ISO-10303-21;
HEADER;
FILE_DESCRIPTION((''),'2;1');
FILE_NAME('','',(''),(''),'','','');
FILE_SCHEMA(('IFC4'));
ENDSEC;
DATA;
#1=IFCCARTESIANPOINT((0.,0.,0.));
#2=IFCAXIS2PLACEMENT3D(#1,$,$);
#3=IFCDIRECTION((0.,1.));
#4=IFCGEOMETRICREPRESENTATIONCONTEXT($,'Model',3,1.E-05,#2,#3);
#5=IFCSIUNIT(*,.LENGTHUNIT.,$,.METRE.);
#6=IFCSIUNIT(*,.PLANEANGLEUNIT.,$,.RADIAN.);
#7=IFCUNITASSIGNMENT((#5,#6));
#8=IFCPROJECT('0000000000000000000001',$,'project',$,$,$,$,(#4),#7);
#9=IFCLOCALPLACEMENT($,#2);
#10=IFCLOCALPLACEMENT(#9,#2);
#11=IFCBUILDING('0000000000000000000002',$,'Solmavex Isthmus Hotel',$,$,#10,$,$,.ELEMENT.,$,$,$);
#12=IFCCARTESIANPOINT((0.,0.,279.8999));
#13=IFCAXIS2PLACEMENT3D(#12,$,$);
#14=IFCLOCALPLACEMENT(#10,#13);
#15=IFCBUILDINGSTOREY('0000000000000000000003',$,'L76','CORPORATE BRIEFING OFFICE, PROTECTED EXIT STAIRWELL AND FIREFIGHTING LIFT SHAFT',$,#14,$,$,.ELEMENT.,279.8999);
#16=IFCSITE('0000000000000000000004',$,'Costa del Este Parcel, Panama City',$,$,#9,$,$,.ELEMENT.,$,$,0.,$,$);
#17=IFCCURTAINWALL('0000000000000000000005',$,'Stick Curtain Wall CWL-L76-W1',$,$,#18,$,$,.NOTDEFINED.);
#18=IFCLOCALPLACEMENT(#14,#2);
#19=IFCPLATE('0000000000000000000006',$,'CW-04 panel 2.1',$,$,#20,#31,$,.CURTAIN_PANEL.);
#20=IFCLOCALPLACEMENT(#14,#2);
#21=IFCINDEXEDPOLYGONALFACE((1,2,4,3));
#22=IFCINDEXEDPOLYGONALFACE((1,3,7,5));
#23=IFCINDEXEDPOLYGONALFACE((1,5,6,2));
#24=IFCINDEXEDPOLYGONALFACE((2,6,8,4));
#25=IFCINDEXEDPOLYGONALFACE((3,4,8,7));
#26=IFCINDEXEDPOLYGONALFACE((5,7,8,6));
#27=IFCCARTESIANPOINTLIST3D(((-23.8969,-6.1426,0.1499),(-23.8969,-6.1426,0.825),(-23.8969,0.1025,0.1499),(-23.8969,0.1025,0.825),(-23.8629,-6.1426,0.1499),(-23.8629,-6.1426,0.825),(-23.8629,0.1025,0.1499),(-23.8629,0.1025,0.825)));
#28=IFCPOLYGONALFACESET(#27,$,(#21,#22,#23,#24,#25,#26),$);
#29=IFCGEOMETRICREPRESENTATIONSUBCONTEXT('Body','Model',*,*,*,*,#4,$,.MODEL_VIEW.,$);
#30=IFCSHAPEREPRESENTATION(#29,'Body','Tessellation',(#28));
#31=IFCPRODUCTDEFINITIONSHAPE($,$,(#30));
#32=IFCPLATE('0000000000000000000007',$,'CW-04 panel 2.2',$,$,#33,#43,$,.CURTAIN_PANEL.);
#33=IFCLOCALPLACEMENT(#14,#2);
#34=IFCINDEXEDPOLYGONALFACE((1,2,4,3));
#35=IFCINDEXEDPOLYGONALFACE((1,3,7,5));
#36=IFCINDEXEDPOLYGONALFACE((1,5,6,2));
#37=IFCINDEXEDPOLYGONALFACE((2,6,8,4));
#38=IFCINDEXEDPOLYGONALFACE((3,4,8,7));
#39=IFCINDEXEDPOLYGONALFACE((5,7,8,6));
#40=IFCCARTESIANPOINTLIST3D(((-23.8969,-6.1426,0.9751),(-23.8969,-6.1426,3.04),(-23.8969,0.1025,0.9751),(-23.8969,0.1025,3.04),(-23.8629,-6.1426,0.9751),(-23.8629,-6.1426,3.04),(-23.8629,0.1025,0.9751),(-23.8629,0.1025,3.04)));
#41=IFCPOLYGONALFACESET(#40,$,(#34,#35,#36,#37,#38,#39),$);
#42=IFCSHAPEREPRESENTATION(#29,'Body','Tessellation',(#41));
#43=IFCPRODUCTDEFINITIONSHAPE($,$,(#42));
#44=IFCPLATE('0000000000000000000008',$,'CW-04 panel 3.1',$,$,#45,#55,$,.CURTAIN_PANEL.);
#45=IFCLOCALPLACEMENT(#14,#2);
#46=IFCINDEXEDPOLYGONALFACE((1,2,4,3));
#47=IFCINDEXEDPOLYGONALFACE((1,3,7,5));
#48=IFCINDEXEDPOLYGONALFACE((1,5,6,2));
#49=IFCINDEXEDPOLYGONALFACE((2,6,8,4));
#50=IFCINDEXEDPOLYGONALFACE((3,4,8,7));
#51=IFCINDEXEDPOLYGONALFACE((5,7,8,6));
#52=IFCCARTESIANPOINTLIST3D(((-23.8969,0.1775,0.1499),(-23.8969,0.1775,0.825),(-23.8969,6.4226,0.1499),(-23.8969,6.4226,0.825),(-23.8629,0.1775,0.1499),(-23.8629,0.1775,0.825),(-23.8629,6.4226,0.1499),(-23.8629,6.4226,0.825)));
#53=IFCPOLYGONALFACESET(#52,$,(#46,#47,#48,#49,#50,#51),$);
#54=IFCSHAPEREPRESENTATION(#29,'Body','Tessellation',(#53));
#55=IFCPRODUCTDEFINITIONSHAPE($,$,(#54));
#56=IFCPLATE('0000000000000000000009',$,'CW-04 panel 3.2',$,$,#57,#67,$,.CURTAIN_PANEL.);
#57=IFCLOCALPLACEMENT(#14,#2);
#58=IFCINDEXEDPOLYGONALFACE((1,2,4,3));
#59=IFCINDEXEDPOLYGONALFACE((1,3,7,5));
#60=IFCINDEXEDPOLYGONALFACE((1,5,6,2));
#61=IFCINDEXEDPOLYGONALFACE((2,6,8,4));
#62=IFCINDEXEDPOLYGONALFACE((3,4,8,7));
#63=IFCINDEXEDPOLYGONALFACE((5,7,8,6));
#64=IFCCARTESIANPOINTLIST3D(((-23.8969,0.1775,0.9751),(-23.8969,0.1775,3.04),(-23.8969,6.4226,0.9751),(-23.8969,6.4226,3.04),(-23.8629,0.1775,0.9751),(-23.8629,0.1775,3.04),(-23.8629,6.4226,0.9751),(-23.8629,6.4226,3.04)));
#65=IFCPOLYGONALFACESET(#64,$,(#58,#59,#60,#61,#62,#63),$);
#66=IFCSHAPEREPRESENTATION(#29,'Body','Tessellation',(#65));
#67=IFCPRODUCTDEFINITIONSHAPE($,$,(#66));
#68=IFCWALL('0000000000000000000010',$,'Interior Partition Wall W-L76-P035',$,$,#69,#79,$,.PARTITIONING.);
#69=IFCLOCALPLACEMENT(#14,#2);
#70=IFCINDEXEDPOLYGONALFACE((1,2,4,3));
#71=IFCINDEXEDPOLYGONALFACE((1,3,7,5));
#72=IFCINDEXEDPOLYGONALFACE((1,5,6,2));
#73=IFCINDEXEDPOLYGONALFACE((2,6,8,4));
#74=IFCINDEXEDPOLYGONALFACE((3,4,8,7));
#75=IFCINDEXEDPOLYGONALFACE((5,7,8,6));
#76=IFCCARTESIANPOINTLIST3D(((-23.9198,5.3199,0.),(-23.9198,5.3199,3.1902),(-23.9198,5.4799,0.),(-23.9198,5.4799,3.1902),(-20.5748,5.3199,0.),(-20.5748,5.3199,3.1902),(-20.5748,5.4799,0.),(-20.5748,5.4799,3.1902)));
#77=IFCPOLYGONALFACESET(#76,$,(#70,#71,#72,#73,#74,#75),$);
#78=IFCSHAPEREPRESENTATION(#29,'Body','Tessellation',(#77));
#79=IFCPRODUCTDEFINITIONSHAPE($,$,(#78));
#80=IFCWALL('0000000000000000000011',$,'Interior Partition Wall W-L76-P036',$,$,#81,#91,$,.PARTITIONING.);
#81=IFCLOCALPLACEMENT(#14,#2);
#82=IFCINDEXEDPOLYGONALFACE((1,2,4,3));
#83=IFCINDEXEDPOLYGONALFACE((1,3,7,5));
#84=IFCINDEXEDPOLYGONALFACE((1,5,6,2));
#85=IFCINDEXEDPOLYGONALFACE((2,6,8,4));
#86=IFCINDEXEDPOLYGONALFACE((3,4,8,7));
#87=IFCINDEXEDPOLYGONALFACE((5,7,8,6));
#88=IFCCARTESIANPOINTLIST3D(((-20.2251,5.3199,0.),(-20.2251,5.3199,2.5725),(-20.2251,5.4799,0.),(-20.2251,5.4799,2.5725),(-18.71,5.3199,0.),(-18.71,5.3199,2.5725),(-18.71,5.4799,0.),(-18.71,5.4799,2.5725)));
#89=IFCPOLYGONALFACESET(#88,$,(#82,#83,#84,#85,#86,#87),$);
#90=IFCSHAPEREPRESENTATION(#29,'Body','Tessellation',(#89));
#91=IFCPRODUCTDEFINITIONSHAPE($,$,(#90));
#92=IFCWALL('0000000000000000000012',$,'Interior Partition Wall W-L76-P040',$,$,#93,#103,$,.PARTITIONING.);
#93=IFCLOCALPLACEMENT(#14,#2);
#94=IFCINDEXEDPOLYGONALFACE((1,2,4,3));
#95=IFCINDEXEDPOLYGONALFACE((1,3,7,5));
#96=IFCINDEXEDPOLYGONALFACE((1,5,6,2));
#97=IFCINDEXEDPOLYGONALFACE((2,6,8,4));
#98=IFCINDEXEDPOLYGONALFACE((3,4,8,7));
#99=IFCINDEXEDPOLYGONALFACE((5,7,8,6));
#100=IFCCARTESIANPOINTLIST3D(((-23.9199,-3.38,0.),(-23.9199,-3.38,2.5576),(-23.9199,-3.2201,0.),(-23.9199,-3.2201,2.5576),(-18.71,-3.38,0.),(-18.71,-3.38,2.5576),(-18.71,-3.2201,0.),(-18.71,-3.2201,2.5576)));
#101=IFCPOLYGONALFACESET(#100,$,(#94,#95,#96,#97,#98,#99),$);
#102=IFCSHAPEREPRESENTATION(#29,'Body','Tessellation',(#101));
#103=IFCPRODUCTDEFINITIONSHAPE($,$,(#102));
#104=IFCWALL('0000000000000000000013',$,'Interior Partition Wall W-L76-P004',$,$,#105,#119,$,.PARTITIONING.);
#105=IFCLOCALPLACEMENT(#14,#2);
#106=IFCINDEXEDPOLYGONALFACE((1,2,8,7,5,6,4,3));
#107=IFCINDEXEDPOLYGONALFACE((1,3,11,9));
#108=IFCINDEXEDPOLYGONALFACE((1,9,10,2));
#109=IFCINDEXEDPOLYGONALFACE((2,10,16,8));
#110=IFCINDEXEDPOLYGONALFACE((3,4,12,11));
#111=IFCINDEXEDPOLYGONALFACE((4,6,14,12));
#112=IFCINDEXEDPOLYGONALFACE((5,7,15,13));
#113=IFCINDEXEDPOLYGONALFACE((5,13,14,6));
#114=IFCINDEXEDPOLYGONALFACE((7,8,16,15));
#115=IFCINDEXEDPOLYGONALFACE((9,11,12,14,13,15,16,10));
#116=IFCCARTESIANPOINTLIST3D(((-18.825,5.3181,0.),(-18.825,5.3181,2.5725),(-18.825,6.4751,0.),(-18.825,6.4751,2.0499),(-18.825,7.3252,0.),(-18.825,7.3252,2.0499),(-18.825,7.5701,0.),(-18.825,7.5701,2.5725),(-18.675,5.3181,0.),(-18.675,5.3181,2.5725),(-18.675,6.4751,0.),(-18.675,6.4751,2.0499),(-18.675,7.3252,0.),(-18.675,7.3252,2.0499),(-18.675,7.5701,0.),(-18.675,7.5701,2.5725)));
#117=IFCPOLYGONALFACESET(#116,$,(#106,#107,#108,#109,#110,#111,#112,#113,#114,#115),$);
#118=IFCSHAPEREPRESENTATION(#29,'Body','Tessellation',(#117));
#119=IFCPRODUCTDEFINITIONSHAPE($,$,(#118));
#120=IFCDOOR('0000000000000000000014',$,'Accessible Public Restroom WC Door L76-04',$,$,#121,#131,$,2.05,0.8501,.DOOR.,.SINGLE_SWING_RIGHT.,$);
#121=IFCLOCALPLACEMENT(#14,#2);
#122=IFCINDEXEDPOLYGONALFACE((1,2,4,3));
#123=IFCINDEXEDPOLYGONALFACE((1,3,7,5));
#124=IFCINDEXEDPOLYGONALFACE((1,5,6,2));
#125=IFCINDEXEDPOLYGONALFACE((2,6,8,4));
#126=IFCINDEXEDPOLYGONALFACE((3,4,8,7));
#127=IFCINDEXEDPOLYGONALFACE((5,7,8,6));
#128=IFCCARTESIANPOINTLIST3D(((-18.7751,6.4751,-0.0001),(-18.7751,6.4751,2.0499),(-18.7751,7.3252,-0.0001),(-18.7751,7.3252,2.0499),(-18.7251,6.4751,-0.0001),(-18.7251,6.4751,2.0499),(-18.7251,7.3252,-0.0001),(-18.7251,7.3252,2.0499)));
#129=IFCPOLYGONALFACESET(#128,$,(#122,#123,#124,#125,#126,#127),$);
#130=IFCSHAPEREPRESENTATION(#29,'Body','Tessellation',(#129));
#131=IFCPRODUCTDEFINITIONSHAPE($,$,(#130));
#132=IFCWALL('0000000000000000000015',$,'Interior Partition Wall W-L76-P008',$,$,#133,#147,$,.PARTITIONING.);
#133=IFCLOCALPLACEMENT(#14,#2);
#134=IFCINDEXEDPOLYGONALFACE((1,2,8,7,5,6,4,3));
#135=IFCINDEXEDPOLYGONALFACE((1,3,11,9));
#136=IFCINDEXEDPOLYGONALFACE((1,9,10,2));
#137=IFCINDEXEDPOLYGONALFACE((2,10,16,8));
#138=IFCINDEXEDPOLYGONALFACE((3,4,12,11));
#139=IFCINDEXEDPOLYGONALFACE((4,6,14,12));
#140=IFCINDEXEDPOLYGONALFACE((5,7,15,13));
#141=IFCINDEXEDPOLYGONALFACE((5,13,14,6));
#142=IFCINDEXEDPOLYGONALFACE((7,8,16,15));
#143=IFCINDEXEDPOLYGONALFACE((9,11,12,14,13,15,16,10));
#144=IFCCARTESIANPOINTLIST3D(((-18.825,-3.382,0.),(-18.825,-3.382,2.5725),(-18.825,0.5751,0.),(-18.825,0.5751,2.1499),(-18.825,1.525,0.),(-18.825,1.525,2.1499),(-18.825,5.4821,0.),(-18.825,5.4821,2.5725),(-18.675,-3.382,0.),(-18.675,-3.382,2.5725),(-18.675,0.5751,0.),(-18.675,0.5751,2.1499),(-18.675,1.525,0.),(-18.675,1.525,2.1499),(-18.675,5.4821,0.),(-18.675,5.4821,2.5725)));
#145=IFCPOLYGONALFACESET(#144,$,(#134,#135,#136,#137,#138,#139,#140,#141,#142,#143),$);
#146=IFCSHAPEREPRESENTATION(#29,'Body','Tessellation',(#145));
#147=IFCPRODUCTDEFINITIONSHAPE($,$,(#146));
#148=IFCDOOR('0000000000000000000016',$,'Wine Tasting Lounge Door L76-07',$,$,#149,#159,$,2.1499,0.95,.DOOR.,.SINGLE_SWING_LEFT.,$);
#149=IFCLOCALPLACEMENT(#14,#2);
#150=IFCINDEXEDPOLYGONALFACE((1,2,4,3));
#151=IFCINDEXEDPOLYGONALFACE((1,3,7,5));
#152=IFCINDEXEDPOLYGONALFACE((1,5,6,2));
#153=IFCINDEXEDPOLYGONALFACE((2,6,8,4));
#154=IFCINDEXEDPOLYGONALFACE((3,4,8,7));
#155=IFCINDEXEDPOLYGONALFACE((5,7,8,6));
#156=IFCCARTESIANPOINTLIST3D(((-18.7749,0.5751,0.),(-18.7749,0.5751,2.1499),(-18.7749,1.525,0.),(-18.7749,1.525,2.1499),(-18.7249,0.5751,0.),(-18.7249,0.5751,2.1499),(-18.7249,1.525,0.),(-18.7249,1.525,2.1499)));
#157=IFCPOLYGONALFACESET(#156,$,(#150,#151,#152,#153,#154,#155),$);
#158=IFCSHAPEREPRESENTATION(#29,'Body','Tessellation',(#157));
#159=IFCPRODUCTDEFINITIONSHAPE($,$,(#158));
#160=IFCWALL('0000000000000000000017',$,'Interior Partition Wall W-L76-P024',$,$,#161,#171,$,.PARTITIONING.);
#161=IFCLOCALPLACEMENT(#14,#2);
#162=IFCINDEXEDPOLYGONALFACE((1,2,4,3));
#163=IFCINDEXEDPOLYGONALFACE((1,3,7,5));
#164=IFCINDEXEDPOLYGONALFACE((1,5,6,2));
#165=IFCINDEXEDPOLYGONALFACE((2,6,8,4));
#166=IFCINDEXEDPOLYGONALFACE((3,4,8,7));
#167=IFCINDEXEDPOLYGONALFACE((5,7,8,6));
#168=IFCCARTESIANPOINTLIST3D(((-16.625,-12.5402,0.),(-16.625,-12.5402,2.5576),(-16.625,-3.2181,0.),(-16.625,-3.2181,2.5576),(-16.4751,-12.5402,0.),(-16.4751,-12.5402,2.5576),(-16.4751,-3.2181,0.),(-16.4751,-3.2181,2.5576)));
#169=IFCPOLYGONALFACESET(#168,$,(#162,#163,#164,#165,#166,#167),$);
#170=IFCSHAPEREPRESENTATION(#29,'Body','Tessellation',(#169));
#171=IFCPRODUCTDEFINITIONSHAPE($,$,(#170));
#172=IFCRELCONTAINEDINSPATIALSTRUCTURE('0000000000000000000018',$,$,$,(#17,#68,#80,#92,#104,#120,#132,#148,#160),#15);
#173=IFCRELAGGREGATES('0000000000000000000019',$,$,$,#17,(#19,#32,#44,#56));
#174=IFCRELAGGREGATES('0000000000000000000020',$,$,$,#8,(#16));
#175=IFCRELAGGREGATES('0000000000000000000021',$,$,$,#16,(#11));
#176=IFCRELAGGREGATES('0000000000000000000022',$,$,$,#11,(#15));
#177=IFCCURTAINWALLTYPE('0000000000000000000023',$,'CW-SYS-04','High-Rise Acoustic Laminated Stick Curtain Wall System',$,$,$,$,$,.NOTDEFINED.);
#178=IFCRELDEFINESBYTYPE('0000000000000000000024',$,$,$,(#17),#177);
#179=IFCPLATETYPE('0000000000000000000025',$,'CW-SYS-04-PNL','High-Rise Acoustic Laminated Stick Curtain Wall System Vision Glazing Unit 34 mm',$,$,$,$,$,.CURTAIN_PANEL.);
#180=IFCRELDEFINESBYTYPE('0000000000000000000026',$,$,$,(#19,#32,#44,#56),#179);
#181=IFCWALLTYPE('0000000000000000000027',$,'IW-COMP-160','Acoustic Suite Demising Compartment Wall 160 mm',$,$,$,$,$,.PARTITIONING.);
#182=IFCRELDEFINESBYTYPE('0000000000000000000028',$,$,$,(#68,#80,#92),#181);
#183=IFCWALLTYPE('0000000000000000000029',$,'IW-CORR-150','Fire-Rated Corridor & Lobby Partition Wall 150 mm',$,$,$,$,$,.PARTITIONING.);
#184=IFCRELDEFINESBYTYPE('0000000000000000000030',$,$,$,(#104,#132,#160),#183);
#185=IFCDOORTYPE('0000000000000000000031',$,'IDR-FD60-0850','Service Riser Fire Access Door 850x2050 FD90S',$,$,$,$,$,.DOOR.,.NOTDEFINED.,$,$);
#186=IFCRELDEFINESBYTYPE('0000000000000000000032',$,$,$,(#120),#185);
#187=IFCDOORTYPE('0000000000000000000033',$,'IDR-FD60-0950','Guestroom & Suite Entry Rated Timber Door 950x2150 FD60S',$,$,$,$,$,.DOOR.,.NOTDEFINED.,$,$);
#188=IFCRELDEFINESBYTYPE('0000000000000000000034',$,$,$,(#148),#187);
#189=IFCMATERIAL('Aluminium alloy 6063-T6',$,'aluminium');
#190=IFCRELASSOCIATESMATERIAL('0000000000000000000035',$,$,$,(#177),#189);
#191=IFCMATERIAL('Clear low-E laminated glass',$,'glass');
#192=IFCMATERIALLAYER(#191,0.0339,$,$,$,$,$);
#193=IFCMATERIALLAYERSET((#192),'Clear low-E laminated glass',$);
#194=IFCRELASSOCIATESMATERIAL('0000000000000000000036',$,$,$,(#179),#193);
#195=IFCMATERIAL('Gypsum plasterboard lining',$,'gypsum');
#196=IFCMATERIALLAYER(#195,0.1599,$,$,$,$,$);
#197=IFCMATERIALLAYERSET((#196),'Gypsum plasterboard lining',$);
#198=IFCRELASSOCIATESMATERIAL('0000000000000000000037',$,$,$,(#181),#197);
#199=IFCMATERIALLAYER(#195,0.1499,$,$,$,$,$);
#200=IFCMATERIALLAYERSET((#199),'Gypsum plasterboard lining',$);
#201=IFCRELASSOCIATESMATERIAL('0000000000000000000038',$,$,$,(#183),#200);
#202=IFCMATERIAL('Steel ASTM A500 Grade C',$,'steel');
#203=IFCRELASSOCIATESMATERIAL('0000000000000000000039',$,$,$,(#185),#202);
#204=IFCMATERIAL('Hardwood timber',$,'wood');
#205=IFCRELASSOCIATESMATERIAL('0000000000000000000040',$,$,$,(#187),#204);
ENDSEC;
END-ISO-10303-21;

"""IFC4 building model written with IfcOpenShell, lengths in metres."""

from ifc_helpers import new_model, si_unit, direction, frame, frame_2d, origin, origin_2d, place, context, subcontext, project, spatial, rectangle, extrude, material, layer, layer_set, type_object, element, fill, aggregate, save


model = new_model("IFC4")

# Units and contexts
model_context = context("Model", 3, precision=1e-05, world=origin(), true_north=direction((0.0, 1.0)))
body_context = subcontext(model_context, "Body", "Model", "MODEL_VIEW")
ifc_project = project(units=[si_unit("LENGTHUNIT", "METRE"), si_unit("PLANEANGLEUNIT", "RADIAN")], contexts=[model_context])

# Site, building, storey
site_placement = place(None, origin())
site = spatial("IfcSite", under=ifc_project, at=site_placement, Name="Costa del Este Parcel, Panama City", CompositionType="ELEMENT", RefElevation=0.0)
building_placement = place(site_placement, origin())
building = spatial("IfcBuilding", under=site, at=building_placement, Name="Solmavex Isthmus Hotel", CompositionType="ELEMENT")
storey_placement = place(building_placement, frame((0.0, 0.0, 279.8999)))
storey = spatial("IfcBuildingStorey", under=building, at=storey_placement, Name="L76", Description="CORPORATE BRIEFING OFFICE, PROTECTED EXIT STAIRWELL AND FIREFIGHTING LIFT SHAFT", CompositionType="ELEMENT", Elevation=279.8999)

# Curtain wall, plates
ifc_material_1 = material(Name="Aluminium alloy 6063-T6", Category="aluminium")
curtain_wall_type = type_object("IfcCurtainWallType", Name="CW-SYS-04", Description="High-Rise Acoustic Laminated Stick Curtain Wall System", PredefinedType="NOTDEFINED", material=ifc_material_1)
curtain_wall_placement = place(storey_placement, origin())
curtain_wall = element("IfcCurtainWall", 1, at=curtain_wall_placement, inside=storey, type_object=curtain_wall_type, Name="Stick Curtain Wall CWL-L76-W1", PredefinedType="NOTDEFINED")
ifc_material_2 = material(Name="Clear low-E laminated glass", Category="glass")
ifc_layer_1 = layer(ifc_material_2, 0.0339)
ifc_layer_set_1 = layer_set([ifc_layer_1], Name="Clear low-E laminated glass")
plate_type = type_object("IfcPlateType", Name="CW-SYS-04-PNL", Description="High-Rise Acoustic Laminated Stick Curtain Wall System Vision Glazing Unit 34 mm", PredefinedType="CURTAIN_PANEL", material=ifc_layer_set_1)
plate_1_placement = place(storey_placement, frame((-23.8799, -3.02, 0.1499), z_axis=(0.0, 0.0, 1.0), x_axis=(0.0, 1.0, 0.0)))
plate_1 = element("IfcPlate", 2, at=plate_1_placement, type_object=plate_type, Name="CW-04 panel 2.1", PredefinedType="CURTAIN_PANEL", context=body_context, shape_type="SweptSolid", body=[
    extrude(rectangle(XDim=6.2451, YDim=0.0339, at=origin_2d()), origin(), (0.0, 0.0, 1.0), 0.675),
])
plate_2_placement = place(storey_placement, frame((-23.8799, -3.02, 0.9751), z_axis=(0.0, 0.0, 1.0), x_axis=(0.0, 1.0, 0.0)))
plate_2 = element("IfcPlate", 3, at=plate_2_placement, type_object=plate_type, Name="CW-04 panel 2.2", PredefinedType="CURTAIN_PANEL", context=body_context, shape_type="SweptSolid", body=[
    extrude(rectangle(XDim=6.2451, YDim=0.0339, at=origin_2d()), origin(), (0.0, 0.0, 1.0), 2.0649),
])
plate_3_placement = place(storey_placement, frame((-23.8799, 3.3, 0.1499), z_axis=(0.0, 0.0, 1.0), x_axis=(0.0, 1.0, 0.0)))
plate_3 = element("IfcPlate", 4, at=plate_3_placement, type_object=plate_type, Name="CW-04 panel 3.1", PredefinedType="CURTAIN_PANEL", context=body_context, shape_type="SweptSolid", body=[
    extrude(rectangle(XDim=6.2451, YDim=0.0339, at=origin_2d()), origin(), (0.0, 0.0, 1.0), 0.675),
])
plate_4_placement = place(storey_placement, frame((-23.8799, 3.3, 0.9751), z_axis=(0.0, 0.0, 1.0), x_axis=(0.0, 1.0, 0.0)))
plate_4 = element("IfcPlate", 5, at=plate_4_placement, type_object=plate_type, Name="CW-04 panel 3.2", PredefinedType="CURTAIN_PANEL", context=body_context, shape_type="SweptSolid", body=[
    extrude(rectangle(XDim=6.2451, YDim=0.0339, at=origin_2d()), origin(), (0.0, 0.0, 1.0), 2.0649),
])
aggregate(curtain_wall, [plate_1, plate_2, plate_3, plate_4])

# Walls
ifc_material_3 = material(Name="Gypsum plasterboard lining", Category="gypsum")
ifc_layer_2 = layer(ifc_material_3, 0.1599)
ifc_layer_set_2 = layer_set([ifc_layer_2], Name="Gypsum plasterboard lining")
wall_type_1 = type_object("IfcWallType", Name="IW-COMP-160", Description="Acoustic Suite Demising Compartment Wall 160 mm", PredefinedType="PARTITIONING", material=ifc_layer_set_2)
wall_1_placement = place(storey_placement, frame((-20.575, 5.3999, 0.0), z_axis=(0.0, 0.0, 1.0), x_axis=(-1.0, 0.0, 0.0)))
element("IfcWall", 6, at=wall_1_placement, inside=storey, type_object=wall_type_1, Name="Interior Partition Wall W-L76-P035", PredefinedType="PARTITIONING", context=body_context, shape_type="SweptSolid", body=[
    extrude(rectangle(XDim=3.345, YDim=0.1599, at=frame_2d((1.6724, 0.0))), origin(), (0.0, 0.0, 1.0), 3.1902),
])
wall_2_placement = place(storey_placement, frame((-18.71, 5.3999, 0.0), z_axis=(0.0, 0.0, 1.0), x_axis=(-1.0, 0.0, 0.0)))
element("IfcWall", 7, at=wall_2_placement, inside=storey, type_object=wall_type_1, Name="Interior Partition Wall W-L76-P036", PredefinedType="PARTITIONING", context=body_context, shape_type="SweptSolid", body=[
    extrude(rectangle(XDim=1.5151, YDim=0.1599, at=frame_2d((0.7576, 0.0))), origin(), (0.0, 0.0, 1.0), 2.5725),
])
wall_3_placement = place(storey_placement, frame((-18.71, -3.3, 0.0), z_axis=(0.0, 0.0, 1.0), x_axis=(-1.0, 0.0, 0.0)))
element("IfcWall", 8, at=wall_3_placement, inside=storey, type_object=wall_type_1, Name="Interior Partition Wall W-L76-P040", PredefinedType="PARTITIONING", context=body_context, shape_type="SweptSolid", body=[
    extrude(rectangle(XDim=5.21, YDim=0.1599, at=frame_2d((2.605, 0.0))), origin(), (0.0, 0.0, 1.0), 2.5576),
])

# Walls, openings, doors
ifc_layer_3 = layer(ifc_material_3, 0.1499)
ifc_layer_set_3 = layer_set([ifc_layer_3], Name="Gypsum plasterboard lining")
wall_type_2 = type_object("IfcWallType", Name="IW-CORR-150", Description="Fire-Rated Corridor & Lobby Partition Wall 150 mm", PredefinedType="PARTITIONING", material=ifc_layer_set_3)
wall_4_placement = place(storey_placement, frame((-18.75, 5.3181, 0.0), z_axis=(0.0, 0.0, 1.0), x_axis=(0.0, 1.0, 0.0)))
wall_4 = element("IfcWall", 9, at=wall_4_placement, inside=storey, type_object=wall_type_2, Name="Interior Partition Wall W-L76-P004", PredefinedType="PARTITIONING", context=body_context, shape_type="SweptSolid", body=[
    extrude(rectangle(XDim=2.252, YDim=0.1499, at=frame_2d((1.126, 0.0))), origin(), (0.0, 0.0, 1.0), 2.5725),
])
opening_1_placement = place(wall_4_placement, frame((1.157, 0.0, 0.0)))
opening_1 = element("IfcOpeningElement", 10, at=opening_1_placement, cuts=wall_4, PredefinedType="OPENING", context=body_context, shape_type="SweptSolid", body=[
    extrude(rectangle(XDim=0.8501, YDim=2.05, at=frame_2d((0.425, 1.0249))), frame((0.0, 0.085, 0.0), z_axis=(0.0, -1.0, 0.0), x_axis=(1.0, 0.0, 0.0)), (0.0, 0.0, 1.0), 0.1699),
])
ifc_material_4 = material(Name="Steel ASTM A500 Grade C", Category="steel")
door_type_1 = type_object("IfcDoorType", Name="IDR-FD60-0850", Description="Service Riser Fire Access Door 850x2050 FD90S", OperationType="NOTDEFINED", PredefinedType="DOOR", material=ifc_material_4)
door_1_placement = place(opening_1_placement, frame((0.8501, 0.0, 0.0), z_axis=(0.0, 0.0, 1.0), x_axis=(-1.0, 0.0, 0.0)))
door_1 = element("IfcDoor", 11, at=door_1_placement, inside=storey, type_object=door_type_1, Name="Accessible Public Restroom WC Door L76-04", OperationType="SINGLE_SWING_RIGHT", OverallHeight=2.05, OverallWidth=0.8501, PredefinedType="DOOR", context=body_context, shape_type="SweptSolid", body=[
    extrude(rectangle(XDim=0.8501, YDim=2.05, at=frame_2d((0.425, 1.0249))), frame((0.0, 0.0249, 0.0), z_axis=(0.0, -1.0, 0.0), x_axis=(1.0, 0.0, 0.0)), (0.0, 0.0, 1.0), 0.05),
])
fill(opening_1, door_1)
wall_5_placement = place(storey_placement, frame((-18.75, -3.3821, 0.0), z_axis=(0.0, 0.0, 1.0), x_axis=(0.0, 1.0, 0.0)))
wall_5 = element("IfcWall", 12, at=wall_5_placement, inside=storey, type_object=wall_type_2, Name="Interior Partition Wall W-L76-P008", PredefinedType="PARTITIONING", context=body_context, shape_type="SweptSolid", body=[
    extrude(rectangle(XDim=8.864, YDim=0.1499, at=frame_2d((4.4321, 0.0))), origin(), (0.0, 0.0, 1.0), 2.5725),
])
opening_2_placement = place(wall_5_placement, frame((3.957, 0.0, 0.0)))
opening_2 = element("IfcOpeningElement", 13, at=opening_2_placement, cuts=wall_5, PredefinedType="OPENING", context=body_context, shape_type="SweptSolid", body=[
    extrude(rectangle(XDim=0.95, YDim=2.1499, at=frame_2d((0.4751, 1.075))), frame((0.0, 0.085, 0.0), z_axis=(0.0, -1.0, 0.0), x_axis=(1.0, 0.0, 0.0)), (0.0, 0.0, 1.0), 0.1699),
])
ifc_material_5 = material(Name="Hardwood timber", Category="wood")
door_type_2 = type_object("IfcDoorType", Name="IDR-FD60-0950", Description="Guestroom & Suite Entry Rated Timber Door 950x2150 FD60S", OperationType="NOTDEFINED", PredefinedType="DOOR", material=ifc_material_5)
door_2_placement = place(opening_2_placement, origin())
door_2 = element("IfcDoor", 14, at=door_2_placement, inside=storey, type_object=door_type_2, Name="Wine Tasting Lounge Door L76-07", OperationType="SINGLE_SWING_LEFT", OverallHeight=2.1499, OverallWidth=0.95, PredefinedType="DOOR", context=body_context, shape_type="SweptSolid", body=[
    extrude(rectangle(XDim=0.95, YDim=2.1499, at=frame_2d((0.4751, 1.075))), frame((0.0, 0.0249, 0.0), z_axis=(0.0, -1.0, 0.0), x_axis=(1.0, 0.0, 0.0)), (0.0, 0.0, 1.0), 0.05),
])
fill(opening_2, door_2)

# Wall
wall_6_placement = place(storey_placement, frame((-16.55, -3.218, 0.0), z_axis=(0.0, 0.0, 1.0), x_axis=(0.0, -1.0, 0.0)))
element("IfcWall", 15, at=wall_6_placement, inside=storey, type_object=wall_type_2, Name="Interior Partition Wall W-L76-P024", PredefinedType="PARTITIONING", context=body_context, shape_type="SweptSolid", body=[
    extrude(rectangle(XDim=9.322, YDim=0.1499, at=frame_2d((4.6611, 0.0))), origin(), (0.0, 0.0, 1.0), 2.5576),
])

save(model, "model.ifc")
